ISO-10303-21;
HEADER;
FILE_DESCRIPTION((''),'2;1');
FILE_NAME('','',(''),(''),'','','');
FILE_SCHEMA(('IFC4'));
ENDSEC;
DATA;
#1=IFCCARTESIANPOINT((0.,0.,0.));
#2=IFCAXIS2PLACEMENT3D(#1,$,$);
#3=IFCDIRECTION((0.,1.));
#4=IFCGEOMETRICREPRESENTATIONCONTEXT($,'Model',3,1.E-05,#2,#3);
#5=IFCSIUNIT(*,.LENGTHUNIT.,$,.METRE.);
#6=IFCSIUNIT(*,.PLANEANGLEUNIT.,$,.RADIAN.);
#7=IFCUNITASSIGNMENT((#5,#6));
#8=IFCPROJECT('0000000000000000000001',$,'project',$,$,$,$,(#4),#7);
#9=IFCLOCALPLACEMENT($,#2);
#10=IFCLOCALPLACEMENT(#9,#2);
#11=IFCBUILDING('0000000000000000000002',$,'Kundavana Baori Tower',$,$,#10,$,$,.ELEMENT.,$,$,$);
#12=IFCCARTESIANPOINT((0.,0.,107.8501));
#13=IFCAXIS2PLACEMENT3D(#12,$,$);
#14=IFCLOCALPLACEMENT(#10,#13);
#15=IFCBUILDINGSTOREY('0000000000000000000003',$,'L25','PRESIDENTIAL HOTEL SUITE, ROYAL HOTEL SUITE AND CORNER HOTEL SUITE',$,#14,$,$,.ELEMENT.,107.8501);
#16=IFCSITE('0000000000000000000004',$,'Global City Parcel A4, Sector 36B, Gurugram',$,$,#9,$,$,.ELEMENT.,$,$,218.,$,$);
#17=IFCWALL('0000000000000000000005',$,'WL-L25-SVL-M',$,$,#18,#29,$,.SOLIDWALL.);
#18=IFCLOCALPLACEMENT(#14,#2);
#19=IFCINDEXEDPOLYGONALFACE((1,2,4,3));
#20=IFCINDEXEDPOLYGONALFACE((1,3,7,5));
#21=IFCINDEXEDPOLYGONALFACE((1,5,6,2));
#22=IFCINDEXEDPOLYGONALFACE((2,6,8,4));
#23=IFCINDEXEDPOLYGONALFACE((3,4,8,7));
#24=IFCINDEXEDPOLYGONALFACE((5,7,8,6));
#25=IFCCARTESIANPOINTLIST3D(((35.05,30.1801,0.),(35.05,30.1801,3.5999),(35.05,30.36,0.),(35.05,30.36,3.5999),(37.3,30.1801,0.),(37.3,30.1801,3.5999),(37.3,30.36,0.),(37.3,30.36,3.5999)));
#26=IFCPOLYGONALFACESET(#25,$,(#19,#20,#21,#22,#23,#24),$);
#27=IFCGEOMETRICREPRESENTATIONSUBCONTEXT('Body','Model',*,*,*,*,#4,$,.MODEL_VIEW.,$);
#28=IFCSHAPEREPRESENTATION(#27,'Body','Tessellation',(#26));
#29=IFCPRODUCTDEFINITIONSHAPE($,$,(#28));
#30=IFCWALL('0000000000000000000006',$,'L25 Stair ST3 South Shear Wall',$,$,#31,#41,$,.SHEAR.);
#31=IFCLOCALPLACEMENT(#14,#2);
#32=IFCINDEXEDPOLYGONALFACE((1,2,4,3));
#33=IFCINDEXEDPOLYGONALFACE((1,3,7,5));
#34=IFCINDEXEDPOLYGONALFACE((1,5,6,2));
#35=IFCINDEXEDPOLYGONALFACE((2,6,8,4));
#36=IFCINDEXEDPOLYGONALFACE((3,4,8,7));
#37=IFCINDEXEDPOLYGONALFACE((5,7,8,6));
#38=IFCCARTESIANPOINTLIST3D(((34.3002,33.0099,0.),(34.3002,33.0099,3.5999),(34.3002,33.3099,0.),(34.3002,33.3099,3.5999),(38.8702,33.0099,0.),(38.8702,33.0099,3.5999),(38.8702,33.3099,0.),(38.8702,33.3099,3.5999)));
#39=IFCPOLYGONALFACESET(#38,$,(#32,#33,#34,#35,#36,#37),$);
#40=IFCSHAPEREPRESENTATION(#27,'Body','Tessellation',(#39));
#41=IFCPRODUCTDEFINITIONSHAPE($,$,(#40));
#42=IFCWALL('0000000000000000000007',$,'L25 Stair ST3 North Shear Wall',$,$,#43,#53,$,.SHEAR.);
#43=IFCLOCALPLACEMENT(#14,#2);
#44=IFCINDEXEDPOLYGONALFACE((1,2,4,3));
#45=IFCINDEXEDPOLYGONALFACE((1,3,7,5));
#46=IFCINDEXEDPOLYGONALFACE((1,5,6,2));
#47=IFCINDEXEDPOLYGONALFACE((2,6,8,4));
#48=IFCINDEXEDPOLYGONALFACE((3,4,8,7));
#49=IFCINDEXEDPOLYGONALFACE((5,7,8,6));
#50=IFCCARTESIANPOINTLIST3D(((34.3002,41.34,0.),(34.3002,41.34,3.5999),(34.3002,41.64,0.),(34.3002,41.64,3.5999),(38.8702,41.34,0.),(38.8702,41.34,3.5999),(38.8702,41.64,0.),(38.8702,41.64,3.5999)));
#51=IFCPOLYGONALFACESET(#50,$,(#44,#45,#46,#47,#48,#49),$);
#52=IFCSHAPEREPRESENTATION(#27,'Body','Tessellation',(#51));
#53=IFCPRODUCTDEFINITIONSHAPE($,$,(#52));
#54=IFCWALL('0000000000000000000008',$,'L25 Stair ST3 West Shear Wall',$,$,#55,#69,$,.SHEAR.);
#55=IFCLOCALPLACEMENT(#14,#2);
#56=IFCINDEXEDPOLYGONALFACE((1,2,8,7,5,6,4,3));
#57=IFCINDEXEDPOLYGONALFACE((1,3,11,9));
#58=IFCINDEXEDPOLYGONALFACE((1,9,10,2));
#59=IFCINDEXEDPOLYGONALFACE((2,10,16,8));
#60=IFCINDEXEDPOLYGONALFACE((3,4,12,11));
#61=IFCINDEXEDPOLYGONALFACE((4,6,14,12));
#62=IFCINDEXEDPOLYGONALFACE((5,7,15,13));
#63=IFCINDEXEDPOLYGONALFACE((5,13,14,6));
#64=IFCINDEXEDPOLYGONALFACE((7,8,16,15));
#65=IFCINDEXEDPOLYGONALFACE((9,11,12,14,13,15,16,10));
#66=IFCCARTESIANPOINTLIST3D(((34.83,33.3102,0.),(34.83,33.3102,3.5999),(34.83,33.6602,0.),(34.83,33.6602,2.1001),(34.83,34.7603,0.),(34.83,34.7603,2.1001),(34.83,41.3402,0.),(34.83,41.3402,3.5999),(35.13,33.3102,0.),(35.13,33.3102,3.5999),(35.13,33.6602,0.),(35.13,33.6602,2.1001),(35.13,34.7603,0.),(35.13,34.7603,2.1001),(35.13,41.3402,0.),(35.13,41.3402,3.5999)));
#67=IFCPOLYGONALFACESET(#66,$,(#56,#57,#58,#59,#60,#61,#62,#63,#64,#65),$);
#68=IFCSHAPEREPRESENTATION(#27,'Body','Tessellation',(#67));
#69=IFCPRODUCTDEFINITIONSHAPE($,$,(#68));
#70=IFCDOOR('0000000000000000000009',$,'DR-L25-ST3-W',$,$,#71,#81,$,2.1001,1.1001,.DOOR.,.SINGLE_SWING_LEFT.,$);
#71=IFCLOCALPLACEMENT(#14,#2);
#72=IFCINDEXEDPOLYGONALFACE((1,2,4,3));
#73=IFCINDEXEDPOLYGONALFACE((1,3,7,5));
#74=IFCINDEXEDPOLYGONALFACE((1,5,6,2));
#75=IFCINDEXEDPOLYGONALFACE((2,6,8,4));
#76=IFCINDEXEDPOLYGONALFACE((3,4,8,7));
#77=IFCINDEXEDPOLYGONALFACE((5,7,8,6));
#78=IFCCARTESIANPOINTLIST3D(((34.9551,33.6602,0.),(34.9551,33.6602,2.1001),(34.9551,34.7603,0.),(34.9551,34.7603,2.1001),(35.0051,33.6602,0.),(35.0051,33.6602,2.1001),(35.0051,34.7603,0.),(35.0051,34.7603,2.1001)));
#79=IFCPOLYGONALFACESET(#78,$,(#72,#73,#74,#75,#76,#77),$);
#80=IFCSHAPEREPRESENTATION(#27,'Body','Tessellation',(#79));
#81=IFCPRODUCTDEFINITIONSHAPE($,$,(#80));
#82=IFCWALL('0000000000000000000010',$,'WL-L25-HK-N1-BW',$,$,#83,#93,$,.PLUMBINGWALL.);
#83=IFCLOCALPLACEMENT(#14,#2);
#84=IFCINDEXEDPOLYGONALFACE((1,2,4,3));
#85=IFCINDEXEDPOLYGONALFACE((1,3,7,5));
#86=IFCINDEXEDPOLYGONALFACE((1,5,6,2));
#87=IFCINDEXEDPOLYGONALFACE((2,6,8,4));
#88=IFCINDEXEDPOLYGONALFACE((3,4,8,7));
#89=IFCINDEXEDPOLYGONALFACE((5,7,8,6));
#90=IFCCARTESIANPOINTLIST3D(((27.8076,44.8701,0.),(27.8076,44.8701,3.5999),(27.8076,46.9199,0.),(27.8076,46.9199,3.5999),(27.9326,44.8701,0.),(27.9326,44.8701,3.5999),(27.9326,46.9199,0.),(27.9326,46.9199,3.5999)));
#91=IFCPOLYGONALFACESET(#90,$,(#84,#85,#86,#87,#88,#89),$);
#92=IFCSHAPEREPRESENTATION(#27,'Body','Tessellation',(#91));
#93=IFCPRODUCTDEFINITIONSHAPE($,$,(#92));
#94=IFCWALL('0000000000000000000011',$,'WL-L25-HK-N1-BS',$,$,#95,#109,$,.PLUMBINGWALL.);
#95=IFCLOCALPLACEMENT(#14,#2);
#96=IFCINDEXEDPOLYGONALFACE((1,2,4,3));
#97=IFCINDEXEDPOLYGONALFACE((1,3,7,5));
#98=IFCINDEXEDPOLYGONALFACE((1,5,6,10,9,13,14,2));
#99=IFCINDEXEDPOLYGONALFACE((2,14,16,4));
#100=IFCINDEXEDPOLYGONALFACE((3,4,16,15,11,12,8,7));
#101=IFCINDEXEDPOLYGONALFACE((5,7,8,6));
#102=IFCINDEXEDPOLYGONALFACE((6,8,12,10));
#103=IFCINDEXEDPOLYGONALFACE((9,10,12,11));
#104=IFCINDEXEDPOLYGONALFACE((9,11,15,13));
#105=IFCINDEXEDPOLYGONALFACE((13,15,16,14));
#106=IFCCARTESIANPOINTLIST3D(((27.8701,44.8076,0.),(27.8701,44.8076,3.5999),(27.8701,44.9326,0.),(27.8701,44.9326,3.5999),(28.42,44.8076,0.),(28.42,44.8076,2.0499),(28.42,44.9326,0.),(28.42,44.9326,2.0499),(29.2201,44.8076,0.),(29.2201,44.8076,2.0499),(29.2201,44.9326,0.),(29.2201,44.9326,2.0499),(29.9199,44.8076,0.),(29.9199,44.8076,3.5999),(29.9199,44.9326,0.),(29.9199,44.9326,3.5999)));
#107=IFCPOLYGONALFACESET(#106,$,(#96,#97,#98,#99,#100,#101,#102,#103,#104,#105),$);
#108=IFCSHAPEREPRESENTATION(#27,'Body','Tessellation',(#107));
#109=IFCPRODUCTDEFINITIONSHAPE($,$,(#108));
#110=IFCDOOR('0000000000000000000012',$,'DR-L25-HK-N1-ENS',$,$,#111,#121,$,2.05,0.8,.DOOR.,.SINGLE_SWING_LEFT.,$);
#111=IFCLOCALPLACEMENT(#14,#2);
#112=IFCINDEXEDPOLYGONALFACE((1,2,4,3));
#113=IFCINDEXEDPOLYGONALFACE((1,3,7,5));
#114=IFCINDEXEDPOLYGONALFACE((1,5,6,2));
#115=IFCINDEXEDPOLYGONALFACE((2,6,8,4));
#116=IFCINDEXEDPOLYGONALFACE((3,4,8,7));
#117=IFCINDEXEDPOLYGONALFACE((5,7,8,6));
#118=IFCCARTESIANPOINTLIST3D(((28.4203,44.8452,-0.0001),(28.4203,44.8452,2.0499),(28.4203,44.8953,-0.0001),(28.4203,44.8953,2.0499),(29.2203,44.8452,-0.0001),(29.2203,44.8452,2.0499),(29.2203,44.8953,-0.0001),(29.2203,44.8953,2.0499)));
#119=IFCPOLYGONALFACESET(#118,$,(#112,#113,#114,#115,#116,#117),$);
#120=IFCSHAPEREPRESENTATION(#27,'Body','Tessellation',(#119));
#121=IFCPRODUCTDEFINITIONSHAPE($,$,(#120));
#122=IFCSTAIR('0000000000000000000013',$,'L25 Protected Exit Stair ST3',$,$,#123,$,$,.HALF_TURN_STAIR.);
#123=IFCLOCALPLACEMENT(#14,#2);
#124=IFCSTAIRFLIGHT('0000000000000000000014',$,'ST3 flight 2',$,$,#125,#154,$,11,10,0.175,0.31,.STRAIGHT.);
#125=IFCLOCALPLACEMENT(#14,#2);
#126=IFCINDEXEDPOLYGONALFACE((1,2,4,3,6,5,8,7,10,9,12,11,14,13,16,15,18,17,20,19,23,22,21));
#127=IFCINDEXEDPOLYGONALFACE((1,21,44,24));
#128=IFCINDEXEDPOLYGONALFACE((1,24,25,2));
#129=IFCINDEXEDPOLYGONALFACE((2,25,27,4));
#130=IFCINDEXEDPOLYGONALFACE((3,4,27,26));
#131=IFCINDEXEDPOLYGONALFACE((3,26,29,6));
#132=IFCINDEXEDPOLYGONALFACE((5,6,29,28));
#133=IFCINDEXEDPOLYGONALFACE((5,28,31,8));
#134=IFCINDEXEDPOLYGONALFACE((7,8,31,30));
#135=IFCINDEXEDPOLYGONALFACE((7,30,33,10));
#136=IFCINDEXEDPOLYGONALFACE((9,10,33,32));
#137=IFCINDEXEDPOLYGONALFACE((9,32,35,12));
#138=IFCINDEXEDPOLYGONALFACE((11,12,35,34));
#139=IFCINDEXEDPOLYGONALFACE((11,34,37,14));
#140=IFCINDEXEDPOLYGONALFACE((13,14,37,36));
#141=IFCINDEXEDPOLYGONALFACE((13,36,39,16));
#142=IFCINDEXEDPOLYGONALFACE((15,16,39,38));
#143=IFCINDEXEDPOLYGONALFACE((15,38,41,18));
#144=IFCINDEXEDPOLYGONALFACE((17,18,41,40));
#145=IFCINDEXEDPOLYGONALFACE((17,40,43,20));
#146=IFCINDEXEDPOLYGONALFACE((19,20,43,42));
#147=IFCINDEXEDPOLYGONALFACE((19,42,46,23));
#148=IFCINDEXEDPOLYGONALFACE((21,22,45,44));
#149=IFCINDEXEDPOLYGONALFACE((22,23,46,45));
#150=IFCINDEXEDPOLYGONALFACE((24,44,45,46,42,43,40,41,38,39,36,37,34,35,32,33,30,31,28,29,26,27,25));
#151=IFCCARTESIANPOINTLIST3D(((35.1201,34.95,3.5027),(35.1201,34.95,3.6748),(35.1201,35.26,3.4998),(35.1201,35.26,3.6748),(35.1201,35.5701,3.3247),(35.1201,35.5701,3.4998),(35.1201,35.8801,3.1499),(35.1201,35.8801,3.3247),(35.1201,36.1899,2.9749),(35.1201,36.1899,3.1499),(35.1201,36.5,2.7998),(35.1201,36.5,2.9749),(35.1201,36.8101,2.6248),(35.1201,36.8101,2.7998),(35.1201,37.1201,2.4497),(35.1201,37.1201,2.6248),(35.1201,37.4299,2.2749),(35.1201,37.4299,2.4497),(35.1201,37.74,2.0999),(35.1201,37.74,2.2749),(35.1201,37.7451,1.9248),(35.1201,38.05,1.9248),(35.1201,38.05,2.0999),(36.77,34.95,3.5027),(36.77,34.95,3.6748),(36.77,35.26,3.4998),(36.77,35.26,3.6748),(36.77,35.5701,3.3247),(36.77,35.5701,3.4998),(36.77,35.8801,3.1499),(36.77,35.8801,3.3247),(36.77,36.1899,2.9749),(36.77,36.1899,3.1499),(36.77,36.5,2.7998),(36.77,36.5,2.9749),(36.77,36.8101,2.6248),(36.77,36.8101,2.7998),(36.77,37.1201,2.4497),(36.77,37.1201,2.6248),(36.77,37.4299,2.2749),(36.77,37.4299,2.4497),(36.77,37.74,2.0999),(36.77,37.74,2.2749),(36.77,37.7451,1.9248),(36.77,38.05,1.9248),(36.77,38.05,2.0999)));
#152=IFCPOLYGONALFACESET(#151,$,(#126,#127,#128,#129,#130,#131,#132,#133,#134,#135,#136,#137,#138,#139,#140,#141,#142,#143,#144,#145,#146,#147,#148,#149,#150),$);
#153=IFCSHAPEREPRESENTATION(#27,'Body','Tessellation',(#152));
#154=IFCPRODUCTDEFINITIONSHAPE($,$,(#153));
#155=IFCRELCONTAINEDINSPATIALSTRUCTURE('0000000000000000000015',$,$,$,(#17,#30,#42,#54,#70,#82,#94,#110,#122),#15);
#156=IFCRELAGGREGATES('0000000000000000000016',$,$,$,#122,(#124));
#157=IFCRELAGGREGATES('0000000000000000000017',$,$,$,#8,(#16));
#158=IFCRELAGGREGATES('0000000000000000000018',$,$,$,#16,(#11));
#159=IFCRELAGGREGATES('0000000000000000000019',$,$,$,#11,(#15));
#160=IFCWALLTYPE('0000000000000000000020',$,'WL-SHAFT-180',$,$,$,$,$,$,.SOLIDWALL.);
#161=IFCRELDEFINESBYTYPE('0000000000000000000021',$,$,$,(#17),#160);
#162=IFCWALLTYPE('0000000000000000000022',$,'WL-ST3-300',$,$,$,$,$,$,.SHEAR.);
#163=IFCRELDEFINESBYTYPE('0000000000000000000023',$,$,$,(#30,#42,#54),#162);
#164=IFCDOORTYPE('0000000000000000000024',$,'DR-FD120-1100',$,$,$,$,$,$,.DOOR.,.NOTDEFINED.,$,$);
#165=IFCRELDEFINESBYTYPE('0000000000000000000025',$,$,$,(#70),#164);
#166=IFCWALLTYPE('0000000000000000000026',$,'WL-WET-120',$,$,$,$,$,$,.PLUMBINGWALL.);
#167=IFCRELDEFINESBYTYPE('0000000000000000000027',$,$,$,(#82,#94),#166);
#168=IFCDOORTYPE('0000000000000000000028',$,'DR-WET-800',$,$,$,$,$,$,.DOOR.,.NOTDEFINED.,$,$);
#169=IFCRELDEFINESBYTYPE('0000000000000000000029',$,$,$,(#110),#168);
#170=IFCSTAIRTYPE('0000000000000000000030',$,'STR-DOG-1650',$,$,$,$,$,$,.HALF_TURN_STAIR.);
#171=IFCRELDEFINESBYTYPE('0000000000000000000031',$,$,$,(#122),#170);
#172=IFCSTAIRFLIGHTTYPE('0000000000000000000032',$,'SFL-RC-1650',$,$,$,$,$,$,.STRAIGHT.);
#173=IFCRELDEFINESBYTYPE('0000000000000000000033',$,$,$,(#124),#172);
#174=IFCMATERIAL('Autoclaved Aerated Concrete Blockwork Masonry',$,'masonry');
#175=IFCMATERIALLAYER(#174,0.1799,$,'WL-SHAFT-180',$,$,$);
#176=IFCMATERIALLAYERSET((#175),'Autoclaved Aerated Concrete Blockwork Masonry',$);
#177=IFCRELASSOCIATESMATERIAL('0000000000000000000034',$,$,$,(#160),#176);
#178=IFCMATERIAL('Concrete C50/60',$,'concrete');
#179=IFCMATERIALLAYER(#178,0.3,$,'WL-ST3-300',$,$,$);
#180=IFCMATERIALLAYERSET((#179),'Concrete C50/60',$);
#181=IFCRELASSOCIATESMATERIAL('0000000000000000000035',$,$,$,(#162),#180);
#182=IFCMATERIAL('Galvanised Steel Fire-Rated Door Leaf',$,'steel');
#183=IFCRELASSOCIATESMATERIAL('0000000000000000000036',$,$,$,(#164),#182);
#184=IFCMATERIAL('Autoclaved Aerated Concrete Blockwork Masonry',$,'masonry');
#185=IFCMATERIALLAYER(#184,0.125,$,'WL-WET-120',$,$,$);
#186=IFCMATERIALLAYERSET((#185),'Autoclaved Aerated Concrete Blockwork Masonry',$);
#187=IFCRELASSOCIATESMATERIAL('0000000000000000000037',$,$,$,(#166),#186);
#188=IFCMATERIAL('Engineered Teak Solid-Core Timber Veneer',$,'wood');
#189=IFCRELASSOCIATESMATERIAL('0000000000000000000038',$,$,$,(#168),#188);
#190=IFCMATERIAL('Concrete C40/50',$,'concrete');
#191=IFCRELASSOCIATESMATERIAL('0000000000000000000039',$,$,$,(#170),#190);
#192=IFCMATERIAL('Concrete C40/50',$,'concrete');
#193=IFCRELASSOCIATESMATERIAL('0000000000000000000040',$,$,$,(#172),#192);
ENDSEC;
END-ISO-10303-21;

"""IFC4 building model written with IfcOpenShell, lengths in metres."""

from ifc_helpers import new_model, si_unit, direction, frame, frame_2d, origin, place, context, subcontext, project, spatial, polyline, rectangle, outline, extrude, material, layer, layer_set, type_object, element, fill, aggregate, save


model = new_model("IFC4")

# Units and contexts
model_context = context("Model", 3, precision=1e-05, world=origin(), true_north=direction((0.0, 1.0)))
body_context = subcontext(model_context, "Body", "Model", "MODEL_VIEW")
ifc_project = project(units=[si_unit("LENGTHUNIT", "METRE"), si_unit("PLANEANGLEUNIT", "RADIAN")], contexts=[model_context])

# Site, building, storey
site_placement = place(None, origin())
site = spatial("IfcSite", under=ifc_project, at=site_placement, Name="Global City Parcel A4, Sector 36B, Gurugram", CompositionType="ELEMENT", RefElevation=218.0)
building_placement = place(site_placement, origin())
building = spatial("IfcBuilding", under=site, at=building_placement, Name="Kundavana Baori Tower", CompositionType="ELEMENT")
storey_placement = place(building_placement, frame((0.0, 0.0, 107.8501)))
storey = spatial("IfcBuildingStorey", under=building, at=storey_placement, Name="L25", Description="PRESIDENTIAL HOTEL SUITE, ROYAL HOTEL SUITE AND CORNER HOTEL SUITE", CompositionType="ELEMENT", Elevation=107.8501)

# Walls
ifc_material_1 = material(Name="Autoclaved Aerated Concrete Blockwork Masonry", Category="masonry")
ifc_layer_1 = layer(ifc_material_1, 0.1799, Name="WL-SHAFT-180")
ifc_layer_set_1 = layer_set([ifc_layer_1], Name="Autoclaved Aerated Concrete Blockwork Masonry")
wall_type_1 = type_object("IfcWallType", Name="WL-SHAFT-180", PredefinedType="SOLIDWALL", material=ifc_layer_set_1)
wall_1_placement = place(storey_placement, frame((35.05, 30.27, 0.0), z_axis=(0.0, 0.0, 1.0), x_axis=(1.0, 0.0, 0.0)))
element("IfcWall", 1, at=wall_1_placement, inside=storey, type_object=wall_type_1, Name="WL-L25-SVL-M", PredefinedType="SOLIDWALL", context=body_context, shape_type="SweptSolid", body=[
    extrude(rectangle(XDim=2.25, YDim=0.1799, at=frame_2d((1.125, 0.0))), origin(), (0.0, 0.0, 1.0), 3.5999),
])
ifc_material_2 = material(Name="Concrete C50/60", Category="concrete")
ifc_layer_2 = layer(ifc_material_2, 0.3, Name="WL-ST3-300")
ifc_layer_set_2 = layer_set([ifc_layer_2], Name="Concrete C50/60")
wall_type_2 = type_object("IfcWallType", Name="WL-ST3-300", PredefinedType="SHEAR", material=ifc_layer_set_2)
for number, where, z_axis, x_axis, name in (
    (2, (34.3, 33.1599, 0.0), (0.0, 0.0, 1.0), (1.0, 0.0, 0.0), "L25 Stair ST3 South Shear Wall"),
    (3, (34.3, 41.49, 0.0), (0.0, 0.0, 1.0), (1.0, 0.0, 0.0), "L25 Stair ST3 North Shear Wall"),
):
    element("IfcWall", number, at=place(storey_placement, frame(where, z_axis=z_axis, x_axis=x_axis)), inside=storey, type_object=wall_type_2, Name=name, PredefinedType="SHEAR", context=body_context, shape_type="SweptSolid", body=[
        extrude(rectangle(XDim=4.5701, YDim=0.3, at=frame_2d((2.2852, 0.0))), origin(), (0.0, 0.0, 1.0), 3.5999),
    ])

# Wall, opening, door
wall_2_placement = place(storey_placement, frame((34.98, 33.3101, 0.0), z_axis=(0.0, 0.0, 1.0), x_axis=(0.0, 1.0, 0.0)))
wall_2 = element("IfcWall", 4, at=wall_2_placement, inside=storey, type_object=wall_type_2, Name="L25 Stair ST3 West Shear Wall", PredefinedType="SHEAR", context=body_context, shape_type="SweptSolid", body=[
    extrude(rectangle(XDim=8.03, YDim=0.3, at=frame_2d((4.0151, 0.0))), origin(), (0.0, 0.0, 1.0), 3.5999),
])
opening_1_placement = place(wall_2_placement, frame((0.3501, 0.0, 0.0)))
opening_1 = element("IfcOpeningElement", 5, at=opening_1_placement, cuts=wall_2, PredefinedType="OPENING", context=body_context, shape_type="SweptSolid", body=[
    extrude(rectangle(XDim=1.1001, YDim=2.1001, at=frame_2d((0.55, 1.05))), frame((0.0, 0.1602, 0.0), z_axis=(0.0, -1.0, 0.0), x_axis=(1.0, 0.0, 0.0)), (0.0, 0.0, 1.0), 0.3201),
])
ifc_material_3 = material(Name="Galvanised Steel Fire-Rated Door Leaf", Category="steel")
door_type_1 = type_object("IfcDoorType", Name="DR-FD120-1100", OperationType="NOTDEFINED", PredefinedType="DOOR", material=ifc_material_3)
door_1_placement = place(opening_1_placement, origin())
door_1 = element("IfcDoor", 6, at=door_1_placement, inside=storey, type_object=door_type_1, Name="DR-L25-ST3-W", OperationType="SINGLE_SWING_LEFT", OverallHeight=2.1001, OverallWidth=1.1001, PredefinedType="DOOR", context=body_context, shape_type="SweptSolid", body=[
    extrude(rectangle(XDim=1.1001, YDim=2.1001, at=frame_2d((0.55, 1.05))), frame((0.0, 0.0249, 0.0), z_axis=(0.0, -1.0, 0.0), x_axis=(1.0, 0.0, 0.0)), (0.0, 0.0, 1.0), 0.05),
])
fill(opening_1, door_1)

# Wall
ifc_material_4 = material(Name="Autoclaved Aerated Concrete Blockwork Masonry", Category="masonry")
ifc_layer_3 = layer(ifc_material_4, 0.125, Name="WL-WET-120")
ifc_layer_set_3 = layer_set([ifc_layer_3], Name="Autoclaved Aerated Concrete Blockwork Masonry")
wall_type_3 = type_object("IfcWallType", Name="WL-WET-120", PredefinedType="PLUMBINGWALL", material=ifc_layer_set_3)
wall_3_placement = place(storey_placement, frame((27.8701, 44.8701, 0.0), z_axis=(0.0, 0.0, 1.0), x_axis=(0.0, 1.0, 0.0)))
element("IfcWall", 7, at=wall_3_placement, inside=storey, type_object=wall_type_3, Name="WL-L25-HK-N1-BW", PredefinedType="PLUMBINGWALL", context=body_context, shape_type="SweptSolid", body=[
    extrude(rectangle(XDim=2.0498, YDim=0.125, at=frame_2d((1.0249, 0.0))), origin(), (0.0, 0.0, 1.0), 3.5999),
])

# Wall, opening, door
wall_4_placement = place(storey_placement, frame((27.8701, 44.8701, 0.0), z_axis=(0.0, 0.0, 1.0), x_axis=(1.0, 0.0, 0.0)))
wall_4 = element("IfcWall", 8, at=wall_4_placement, inside=storey, type_object=wall_type_3, Name="WL-L25-HK-N1-BS", PredefinedType="PLUMBINGWALL", context=body_context, shape_type="SweptSolid", body=[
    extrude(rectangle(XDim=2.0498, YDim=0.125, at=frame_2d((1.0249, 0.0))), origin(), (0.0, 0.0, 1.0), 3.5999),
])
opening_2_placement = place(wall_4_placement, frame((0.55, 0.0, 0.0)))
opening_2 = element("IfcOpeningElement", 9, at=opening_2_placement, cuts=wall_4, PredefinedType="OPENING", context=body_context, shape_type="SweptSolid", body=[
    extrude(rectangle(XDim=0.8, YDim=2.05, at=frame_2d((0.3999, 1.0249))), frame((0.0, 0.0725, 0.0), z_axis=(0.0, -1.0, 0.0), x_axis=(1.0, 0.0, 0.0)), (0.0, 0.0, 1.0), 0.145),
])
ifc_material_5 = material(Name="Engineered Teak Solid-Core Timber Veneer", Category="wood")
door_type_2 = type_object("IfcDoorType", Name="DR-WET-800", OperationType="NOTDEFINED", PredefinedType="DOOR", material=ifc_material_5)
door_2_placement = place(opening_2_placement, frame((0.8, 0.0, 0.0), z_axis=(0.0, 0.0, 1.0), x_axis=(-1.0, 0.0, 0.0)))
door_2 = element("IfcDoor", 10, at=door_2_placement, inside=storey, type_object=door_type_2, Name="DR-L25-HK-N1-ENS", OperationType="SINGLE_SWING_LEFT", OverallHeight=2.05, OverallWidth=0.8, PredefinedType="DOOR", context=body_context, shape_type="SweptSolid", body=[
    extrude(rectangle(XDim=0.8, YDim=2.05, at=frame_2d((0.3999, 1.0249))), frame((0.0, 0.0249, 0.0), z_axis=(0.0, -1.0, 0.0), x_axis=(1.0, 0.0, 0.0)), (0.0, 0.0, 1.0), 0.05),
])
fill(opening_2, door_2)

# Stair, stair flight
ifc_material_6 = material(Name="Concrete C40/50", Category="concrete")
stair_type = type_object("IfcStairType", Name="STR-DOG-1650", PredefinedType="HALF_TURN_STAIR", material=ifc_material_6)
stair_placement = place(storey_placement, origin())
stair = element("IfcStair", 11, at=stair_placement, inside=storey, type_object=stair_type, Name="L25 Protected Exit Stair ST3", PredefinedType="HALF_TURN_STAIR")
ifc_material_7 = material(Name="Concrete C40/50", Category="concrete")
stair_flight_type = type_object("IfcStairFlightType", Name="SFL-RC-1650", PredefinedType="STRAIGHT", material=ifc_material_7)
stair_flight_placement = place(storey_placement, frame((35.9451, 38.05, 1.9248), z_axis=(0.0, 0.0, 1.0), x_axis=(0.0, -1.0, 0.0)))
stair_flight = element("IfcStairFlight", 12, at=stair_flight_placement, type_object=stair_flight_type, Name="ST3 flight 2", NumberOfRisers=11, NumberOfTreads=10, PredefinedType="STRAIGHT", RiserHeight=0.175, TreadLength=0.31, context=body_context, shape_type="SweptSolid", body=[
    extrude(outline(polyline([(0.0, 0.0), (0.0, 0.175), (0.3101, 0.175), (0.3101, 0.3501), (0.6201, 0.3501), (0.6201, 0.5249), (0.9299, 0.5249), (0.9299, 0.7), (1.24, 0.7), (1.24, 0.875), (1.55, 0.875), (1.55, 1.05), (1.8601, 1.05), (1.8601, 1.2251), (2.1699, 1.2251), (2.1699, 1.3999), (2.48, 1.3999), (2.48, 1.575), (2.79, 1.575), (2.79, 1.75), (3.1001, 1.75), (3.1001, 1.925), (3.1001, 1.5779), (0.3049, 0.0), (0.0, 0.0)])), frame((0.0, 0.825, 0.0), z_axis=(0.0, -1.0, 0.0), x_axis=(1.0, 0.0, 0.0)), (0.0, 0.0, 1.0), 1.6499),
])
aggregate(stair, [stair_flight])

save(model, "model.ifc")
